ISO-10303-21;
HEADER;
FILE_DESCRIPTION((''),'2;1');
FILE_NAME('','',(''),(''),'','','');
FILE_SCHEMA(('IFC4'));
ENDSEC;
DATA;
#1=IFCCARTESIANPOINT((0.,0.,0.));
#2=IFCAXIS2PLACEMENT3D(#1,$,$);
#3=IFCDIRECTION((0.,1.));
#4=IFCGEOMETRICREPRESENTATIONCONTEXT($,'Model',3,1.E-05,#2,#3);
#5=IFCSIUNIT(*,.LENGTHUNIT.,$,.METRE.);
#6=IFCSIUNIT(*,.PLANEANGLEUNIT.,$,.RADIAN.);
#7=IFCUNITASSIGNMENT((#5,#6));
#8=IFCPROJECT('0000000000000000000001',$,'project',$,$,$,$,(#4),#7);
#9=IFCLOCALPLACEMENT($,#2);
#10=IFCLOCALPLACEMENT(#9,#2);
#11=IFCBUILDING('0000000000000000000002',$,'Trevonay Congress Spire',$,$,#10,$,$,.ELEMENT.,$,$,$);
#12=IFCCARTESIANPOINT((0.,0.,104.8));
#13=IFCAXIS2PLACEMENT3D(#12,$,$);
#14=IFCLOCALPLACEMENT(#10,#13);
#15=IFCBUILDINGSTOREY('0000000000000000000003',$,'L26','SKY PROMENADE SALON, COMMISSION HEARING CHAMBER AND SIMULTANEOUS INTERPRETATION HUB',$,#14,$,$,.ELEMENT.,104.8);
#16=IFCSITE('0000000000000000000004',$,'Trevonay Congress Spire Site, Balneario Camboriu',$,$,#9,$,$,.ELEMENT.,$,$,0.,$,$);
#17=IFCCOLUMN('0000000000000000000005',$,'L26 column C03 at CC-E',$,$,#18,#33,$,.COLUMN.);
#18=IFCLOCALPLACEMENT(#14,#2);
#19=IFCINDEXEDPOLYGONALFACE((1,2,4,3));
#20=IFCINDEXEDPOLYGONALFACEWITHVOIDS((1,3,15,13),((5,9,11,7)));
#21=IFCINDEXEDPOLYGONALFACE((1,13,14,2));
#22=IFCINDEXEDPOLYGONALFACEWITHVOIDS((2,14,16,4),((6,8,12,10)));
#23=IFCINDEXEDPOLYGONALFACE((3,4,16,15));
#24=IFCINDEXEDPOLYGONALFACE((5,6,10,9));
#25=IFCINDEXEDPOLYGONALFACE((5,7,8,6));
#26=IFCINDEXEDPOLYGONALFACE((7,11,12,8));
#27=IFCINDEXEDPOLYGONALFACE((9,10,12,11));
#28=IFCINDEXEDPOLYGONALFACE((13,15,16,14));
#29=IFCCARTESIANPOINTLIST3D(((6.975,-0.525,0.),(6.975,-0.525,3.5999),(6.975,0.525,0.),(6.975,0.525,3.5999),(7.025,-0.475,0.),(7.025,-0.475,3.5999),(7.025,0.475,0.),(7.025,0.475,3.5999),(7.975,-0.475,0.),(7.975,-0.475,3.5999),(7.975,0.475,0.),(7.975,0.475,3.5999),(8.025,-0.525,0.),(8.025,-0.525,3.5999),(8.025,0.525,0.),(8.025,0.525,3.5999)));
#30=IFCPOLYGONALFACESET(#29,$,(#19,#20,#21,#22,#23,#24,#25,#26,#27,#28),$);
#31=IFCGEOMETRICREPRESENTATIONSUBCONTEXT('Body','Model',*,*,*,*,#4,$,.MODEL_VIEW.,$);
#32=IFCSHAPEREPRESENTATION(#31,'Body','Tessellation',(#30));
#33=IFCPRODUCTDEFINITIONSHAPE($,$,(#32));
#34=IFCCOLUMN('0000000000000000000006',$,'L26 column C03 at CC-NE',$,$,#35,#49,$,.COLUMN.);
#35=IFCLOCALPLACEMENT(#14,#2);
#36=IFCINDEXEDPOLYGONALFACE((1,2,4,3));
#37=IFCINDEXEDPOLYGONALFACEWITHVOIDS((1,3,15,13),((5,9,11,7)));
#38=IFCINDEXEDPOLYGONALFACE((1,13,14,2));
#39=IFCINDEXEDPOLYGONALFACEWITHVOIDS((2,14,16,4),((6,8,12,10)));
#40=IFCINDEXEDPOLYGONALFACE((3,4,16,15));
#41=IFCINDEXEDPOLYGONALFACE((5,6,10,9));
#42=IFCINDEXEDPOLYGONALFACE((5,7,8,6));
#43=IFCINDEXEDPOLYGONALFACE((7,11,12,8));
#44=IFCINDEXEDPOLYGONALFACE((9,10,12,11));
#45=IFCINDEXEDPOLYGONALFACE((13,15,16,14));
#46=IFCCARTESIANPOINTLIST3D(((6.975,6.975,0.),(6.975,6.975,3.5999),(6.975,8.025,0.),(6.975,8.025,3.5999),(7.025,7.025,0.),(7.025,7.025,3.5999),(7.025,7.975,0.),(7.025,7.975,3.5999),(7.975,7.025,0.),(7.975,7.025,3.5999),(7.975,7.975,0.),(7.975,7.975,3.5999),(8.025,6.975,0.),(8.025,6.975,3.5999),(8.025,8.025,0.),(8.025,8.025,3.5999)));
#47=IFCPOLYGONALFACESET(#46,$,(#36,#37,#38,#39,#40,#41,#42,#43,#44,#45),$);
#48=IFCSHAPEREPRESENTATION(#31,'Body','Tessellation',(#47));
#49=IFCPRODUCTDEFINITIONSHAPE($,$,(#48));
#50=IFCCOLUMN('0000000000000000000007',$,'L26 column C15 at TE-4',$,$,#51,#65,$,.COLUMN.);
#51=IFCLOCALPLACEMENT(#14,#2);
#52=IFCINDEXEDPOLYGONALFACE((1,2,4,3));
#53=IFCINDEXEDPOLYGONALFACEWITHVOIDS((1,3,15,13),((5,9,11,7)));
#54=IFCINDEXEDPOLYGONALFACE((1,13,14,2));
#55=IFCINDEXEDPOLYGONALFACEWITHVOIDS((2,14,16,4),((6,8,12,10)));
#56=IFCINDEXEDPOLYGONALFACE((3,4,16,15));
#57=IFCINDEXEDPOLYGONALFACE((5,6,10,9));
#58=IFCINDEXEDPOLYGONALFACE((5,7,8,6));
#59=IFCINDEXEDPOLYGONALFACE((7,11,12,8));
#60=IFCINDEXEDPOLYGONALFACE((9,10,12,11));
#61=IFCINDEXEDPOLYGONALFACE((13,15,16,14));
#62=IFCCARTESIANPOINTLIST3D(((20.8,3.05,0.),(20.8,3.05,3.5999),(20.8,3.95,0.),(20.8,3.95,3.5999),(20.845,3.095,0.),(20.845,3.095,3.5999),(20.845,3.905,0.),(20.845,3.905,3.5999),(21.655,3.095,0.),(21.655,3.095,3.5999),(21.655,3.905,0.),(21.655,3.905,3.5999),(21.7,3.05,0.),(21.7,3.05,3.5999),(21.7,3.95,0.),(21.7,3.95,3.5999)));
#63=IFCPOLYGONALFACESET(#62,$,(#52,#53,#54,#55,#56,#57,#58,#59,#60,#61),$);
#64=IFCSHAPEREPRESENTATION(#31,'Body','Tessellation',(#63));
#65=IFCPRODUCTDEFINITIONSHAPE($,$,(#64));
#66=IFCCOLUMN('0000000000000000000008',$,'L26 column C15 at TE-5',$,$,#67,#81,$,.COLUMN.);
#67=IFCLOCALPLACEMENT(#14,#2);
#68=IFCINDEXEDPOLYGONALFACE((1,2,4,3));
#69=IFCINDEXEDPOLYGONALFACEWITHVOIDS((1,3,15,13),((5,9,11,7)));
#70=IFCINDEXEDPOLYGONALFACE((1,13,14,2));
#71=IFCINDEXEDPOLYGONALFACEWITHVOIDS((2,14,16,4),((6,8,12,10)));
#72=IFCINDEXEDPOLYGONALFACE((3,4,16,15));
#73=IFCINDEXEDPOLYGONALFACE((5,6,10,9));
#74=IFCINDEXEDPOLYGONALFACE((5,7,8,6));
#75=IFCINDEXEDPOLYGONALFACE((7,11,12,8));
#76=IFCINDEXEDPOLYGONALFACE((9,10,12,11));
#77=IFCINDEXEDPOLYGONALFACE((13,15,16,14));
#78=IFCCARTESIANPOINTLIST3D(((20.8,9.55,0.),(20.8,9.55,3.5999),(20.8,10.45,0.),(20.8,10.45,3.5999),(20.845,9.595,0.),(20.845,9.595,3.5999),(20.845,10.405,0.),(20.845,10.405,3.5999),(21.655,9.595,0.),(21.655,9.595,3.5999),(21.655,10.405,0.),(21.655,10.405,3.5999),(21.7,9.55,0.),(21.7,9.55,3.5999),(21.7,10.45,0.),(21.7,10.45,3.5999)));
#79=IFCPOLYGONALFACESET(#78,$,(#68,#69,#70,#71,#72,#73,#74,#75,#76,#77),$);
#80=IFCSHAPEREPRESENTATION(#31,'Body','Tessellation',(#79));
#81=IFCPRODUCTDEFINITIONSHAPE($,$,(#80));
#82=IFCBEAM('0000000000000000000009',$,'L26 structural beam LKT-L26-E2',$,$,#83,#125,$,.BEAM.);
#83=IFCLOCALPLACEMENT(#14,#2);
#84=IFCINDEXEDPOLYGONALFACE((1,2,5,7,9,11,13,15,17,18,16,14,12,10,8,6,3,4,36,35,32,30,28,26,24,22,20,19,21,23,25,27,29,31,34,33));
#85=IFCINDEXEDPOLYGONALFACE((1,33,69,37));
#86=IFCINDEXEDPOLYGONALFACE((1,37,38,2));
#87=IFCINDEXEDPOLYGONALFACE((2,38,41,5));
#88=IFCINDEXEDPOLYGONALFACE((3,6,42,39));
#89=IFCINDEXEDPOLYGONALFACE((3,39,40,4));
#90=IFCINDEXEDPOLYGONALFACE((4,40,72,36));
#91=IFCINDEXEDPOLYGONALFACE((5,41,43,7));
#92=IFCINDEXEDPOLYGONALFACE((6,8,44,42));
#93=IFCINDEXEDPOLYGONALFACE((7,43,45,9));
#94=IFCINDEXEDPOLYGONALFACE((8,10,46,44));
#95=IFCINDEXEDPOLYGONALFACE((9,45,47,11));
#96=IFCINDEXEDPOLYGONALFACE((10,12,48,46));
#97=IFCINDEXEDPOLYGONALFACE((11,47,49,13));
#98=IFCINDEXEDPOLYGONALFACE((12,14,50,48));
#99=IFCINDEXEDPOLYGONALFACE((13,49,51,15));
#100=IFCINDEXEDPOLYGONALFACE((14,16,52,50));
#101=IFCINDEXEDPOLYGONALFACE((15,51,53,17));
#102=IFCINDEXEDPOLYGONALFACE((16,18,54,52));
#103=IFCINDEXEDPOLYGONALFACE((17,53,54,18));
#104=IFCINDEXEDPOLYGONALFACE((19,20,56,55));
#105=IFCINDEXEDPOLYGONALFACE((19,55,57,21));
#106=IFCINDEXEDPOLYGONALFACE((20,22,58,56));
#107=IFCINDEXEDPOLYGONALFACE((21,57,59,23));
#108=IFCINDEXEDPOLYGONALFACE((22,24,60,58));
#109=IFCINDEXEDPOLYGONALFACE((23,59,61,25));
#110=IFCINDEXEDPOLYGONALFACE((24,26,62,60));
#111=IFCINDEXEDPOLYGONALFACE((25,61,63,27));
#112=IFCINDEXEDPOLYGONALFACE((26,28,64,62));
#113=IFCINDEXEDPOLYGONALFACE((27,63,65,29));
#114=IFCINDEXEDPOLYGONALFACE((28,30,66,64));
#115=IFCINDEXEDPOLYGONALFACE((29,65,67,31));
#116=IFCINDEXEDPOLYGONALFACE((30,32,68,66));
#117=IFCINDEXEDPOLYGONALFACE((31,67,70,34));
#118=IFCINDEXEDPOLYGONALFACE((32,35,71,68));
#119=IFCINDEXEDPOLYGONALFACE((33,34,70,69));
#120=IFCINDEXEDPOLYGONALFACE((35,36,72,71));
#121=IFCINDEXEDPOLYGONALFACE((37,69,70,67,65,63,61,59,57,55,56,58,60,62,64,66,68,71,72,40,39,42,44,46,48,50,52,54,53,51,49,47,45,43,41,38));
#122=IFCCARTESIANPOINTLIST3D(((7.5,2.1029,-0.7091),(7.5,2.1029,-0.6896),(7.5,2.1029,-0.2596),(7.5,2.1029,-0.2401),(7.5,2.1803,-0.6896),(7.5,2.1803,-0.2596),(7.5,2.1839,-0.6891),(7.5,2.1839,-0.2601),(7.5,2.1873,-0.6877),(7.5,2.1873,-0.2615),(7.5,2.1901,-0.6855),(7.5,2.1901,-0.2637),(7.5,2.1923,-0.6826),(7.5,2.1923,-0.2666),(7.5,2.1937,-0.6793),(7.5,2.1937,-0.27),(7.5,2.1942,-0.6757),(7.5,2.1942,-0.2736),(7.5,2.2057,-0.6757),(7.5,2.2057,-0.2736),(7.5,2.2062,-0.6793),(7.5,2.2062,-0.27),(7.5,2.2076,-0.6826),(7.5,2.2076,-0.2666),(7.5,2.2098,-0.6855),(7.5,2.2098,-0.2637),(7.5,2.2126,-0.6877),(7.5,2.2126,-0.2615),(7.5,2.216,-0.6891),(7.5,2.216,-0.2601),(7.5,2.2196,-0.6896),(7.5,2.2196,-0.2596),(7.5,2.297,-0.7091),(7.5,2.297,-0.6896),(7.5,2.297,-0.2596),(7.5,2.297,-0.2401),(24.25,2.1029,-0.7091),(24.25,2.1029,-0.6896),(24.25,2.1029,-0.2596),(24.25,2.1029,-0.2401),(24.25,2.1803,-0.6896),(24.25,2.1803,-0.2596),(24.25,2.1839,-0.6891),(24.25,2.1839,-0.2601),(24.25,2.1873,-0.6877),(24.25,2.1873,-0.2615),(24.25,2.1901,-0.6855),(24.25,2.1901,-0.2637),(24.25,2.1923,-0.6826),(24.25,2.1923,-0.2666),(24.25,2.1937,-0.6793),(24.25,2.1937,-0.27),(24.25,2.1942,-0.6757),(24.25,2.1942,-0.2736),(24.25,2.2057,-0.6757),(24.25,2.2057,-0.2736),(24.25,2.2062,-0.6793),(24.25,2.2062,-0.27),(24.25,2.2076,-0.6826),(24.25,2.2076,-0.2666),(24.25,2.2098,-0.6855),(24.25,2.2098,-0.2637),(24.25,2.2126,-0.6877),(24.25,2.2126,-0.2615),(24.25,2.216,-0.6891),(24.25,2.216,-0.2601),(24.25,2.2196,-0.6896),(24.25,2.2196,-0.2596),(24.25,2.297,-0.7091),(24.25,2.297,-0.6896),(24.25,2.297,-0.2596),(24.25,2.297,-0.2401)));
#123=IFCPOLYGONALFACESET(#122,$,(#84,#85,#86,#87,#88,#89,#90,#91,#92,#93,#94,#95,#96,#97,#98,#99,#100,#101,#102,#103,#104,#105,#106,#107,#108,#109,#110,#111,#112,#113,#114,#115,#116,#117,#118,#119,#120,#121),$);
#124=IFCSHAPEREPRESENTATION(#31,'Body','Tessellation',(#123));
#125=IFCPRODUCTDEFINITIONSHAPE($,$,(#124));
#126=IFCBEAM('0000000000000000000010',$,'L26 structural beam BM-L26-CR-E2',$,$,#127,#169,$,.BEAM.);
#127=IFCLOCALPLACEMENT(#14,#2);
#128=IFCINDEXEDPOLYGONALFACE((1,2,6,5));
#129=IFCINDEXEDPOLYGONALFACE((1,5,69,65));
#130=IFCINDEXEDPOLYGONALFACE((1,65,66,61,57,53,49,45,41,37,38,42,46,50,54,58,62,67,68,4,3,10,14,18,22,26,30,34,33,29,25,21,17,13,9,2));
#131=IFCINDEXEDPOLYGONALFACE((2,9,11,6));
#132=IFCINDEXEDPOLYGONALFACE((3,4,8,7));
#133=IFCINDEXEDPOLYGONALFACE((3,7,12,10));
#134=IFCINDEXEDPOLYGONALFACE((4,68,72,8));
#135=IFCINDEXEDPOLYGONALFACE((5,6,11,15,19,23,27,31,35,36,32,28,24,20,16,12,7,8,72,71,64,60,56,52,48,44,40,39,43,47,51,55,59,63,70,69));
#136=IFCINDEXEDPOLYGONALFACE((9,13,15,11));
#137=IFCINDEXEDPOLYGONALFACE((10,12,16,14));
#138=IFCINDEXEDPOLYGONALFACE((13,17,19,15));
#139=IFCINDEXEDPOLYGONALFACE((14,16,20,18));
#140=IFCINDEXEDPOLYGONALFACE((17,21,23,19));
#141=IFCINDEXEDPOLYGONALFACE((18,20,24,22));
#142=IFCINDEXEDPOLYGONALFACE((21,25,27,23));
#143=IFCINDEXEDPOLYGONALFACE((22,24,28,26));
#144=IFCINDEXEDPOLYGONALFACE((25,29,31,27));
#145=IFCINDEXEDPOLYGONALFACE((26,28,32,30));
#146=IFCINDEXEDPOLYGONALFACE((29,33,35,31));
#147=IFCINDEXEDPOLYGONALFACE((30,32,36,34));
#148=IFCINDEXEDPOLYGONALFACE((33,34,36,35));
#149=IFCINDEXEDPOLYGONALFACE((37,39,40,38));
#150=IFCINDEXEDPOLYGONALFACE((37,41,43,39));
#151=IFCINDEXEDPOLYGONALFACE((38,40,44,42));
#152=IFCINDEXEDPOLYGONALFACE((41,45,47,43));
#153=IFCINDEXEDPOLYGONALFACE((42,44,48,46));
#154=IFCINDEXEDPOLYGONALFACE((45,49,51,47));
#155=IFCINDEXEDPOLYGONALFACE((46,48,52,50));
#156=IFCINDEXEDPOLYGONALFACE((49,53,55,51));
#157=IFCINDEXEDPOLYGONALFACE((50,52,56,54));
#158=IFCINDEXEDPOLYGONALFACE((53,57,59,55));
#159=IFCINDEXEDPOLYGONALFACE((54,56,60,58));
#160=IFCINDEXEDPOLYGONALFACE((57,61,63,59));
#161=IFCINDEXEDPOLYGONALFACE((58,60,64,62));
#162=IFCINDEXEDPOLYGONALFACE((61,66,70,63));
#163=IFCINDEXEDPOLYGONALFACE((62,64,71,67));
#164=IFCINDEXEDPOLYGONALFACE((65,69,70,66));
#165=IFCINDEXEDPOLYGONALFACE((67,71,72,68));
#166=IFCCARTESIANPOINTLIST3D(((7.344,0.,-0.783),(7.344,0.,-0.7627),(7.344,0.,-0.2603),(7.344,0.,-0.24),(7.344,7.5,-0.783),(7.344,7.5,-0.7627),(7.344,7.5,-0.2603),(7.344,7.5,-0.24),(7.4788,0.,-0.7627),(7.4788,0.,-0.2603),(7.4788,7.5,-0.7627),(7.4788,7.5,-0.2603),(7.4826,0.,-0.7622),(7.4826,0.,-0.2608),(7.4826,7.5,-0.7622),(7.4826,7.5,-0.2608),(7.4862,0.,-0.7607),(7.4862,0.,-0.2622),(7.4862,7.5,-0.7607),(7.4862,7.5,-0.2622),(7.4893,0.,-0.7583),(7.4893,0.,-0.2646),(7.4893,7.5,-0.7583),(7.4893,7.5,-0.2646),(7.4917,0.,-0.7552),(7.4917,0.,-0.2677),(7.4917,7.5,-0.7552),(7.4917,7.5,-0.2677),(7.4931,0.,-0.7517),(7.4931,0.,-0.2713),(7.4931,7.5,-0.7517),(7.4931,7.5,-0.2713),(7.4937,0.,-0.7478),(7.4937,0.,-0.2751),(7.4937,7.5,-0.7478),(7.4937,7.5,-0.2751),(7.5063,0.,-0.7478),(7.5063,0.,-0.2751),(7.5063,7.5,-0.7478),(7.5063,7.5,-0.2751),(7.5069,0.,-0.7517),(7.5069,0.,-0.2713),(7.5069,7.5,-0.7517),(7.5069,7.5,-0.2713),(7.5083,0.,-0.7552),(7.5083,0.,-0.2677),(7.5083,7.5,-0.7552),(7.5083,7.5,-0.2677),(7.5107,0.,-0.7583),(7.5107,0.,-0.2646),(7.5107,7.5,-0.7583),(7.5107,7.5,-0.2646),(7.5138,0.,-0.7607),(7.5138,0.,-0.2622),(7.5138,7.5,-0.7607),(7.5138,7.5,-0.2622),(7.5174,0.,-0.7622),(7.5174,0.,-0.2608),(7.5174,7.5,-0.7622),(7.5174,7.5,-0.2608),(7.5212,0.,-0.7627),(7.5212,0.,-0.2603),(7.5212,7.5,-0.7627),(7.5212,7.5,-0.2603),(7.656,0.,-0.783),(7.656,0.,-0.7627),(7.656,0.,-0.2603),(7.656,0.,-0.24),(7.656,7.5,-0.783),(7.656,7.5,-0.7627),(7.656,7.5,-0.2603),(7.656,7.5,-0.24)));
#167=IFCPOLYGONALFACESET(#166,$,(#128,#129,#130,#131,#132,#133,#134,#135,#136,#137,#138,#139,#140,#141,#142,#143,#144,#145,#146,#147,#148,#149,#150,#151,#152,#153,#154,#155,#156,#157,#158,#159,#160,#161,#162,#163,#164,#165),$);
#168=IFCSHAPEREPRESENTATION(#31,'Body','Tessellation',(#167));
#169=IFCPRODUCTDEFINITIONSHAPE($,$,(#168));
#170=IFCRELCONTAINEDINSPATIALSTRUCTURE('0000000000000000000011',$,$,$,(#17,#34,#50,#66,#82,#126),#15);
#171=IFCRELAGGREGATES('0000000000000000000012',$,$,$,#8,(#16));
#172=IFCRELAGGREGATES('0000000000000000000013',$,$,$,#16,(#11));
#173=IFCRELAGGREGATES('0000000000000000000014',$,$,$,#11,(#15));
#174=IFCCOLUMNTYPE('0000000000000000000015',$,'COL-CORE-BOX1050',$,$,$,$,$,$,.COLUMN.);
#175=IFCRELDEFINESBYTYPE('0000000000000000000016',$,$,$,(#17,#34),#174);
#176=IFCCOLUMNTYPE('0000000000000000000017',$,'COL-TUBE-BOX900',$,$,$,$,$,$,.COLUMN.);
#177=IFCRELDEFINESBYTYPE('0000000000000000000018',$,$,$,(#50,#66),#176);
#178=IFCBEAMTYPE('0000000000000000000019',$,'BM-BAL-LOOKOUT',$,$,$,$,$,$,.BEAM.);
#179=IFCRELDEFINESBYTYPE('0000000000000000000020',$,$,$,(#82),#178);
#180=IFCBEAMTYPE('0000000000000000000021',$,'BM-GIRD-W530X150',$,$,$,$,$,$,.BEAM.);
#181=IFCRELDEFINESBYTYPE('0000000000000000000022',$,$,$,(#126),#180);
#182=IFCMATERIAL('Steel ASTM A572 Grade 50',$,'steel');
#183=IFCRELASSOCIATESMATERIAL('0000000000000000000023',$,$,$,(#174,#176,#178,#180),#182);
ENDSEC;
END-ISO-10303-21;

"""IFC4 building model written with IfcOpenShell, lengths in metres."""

from ifc_helpers import new_model, si_unit, direction, frame, origin, origin_2d, place, context, subcontext, project, spatial, hollow_rectangle, i_section, extrude, material, material_profile, profile_set, type_object, element, save


model = new_model("IFC4")

# Units and contexts
model_context = context("Model", 3, precision=1e-05, world=origin(), true_north=direction((0.0, 1.0)))
body_context = subcontext(model_context, "Body", "Model", "MODEL_VIEW")
ifc_project = project(units=[si_unit("LENGTHUNIT", "METRE"), si_unit("PLANEANGLEUNIT", "RADIAN")], contexts=[model_context])

# Site, building, storey
site_placement = place(None, origin())
site = spatial("IfcSite", under=ifc_project, at=site_placement, Name="Trevonay Congress Spire Site, Balneario Camboriu", CompositionType="ELEMENT", RefElevation=0.0)
building_placement = place(site_placement, origin())
building = spatial("IfcBuilding", under=site, at=building_placement, Name="Trevonay Congress Spire", CompositionType="ELEMENT")
storey_placement = place(building_placement, frame((0.0, 0.0, 104.8)))
storey = spatial("IfcBuildingStorey", under=building, at=storey_placement, Name="L26", Description="SKY PROMENADE SALON, COMMISSION HEARING CHAMBER AND SIMULTANEOUS INTERPRETATION HUB", CompositionType="ELEMENT", Elevation=104.8)

# Columns
ifc_material_1 = material(Name="Steel ASTM A572 Grade 50", Category="steel")
ifc_material_profile_1 = material_profile(ifc_material_1, hollow_rectangle(XDim=1.05, YDim=1.05, WallThickness=0.05, at=origin_2d()), Name="BOX 1050x1050x50")
ifc_profile_set_1 = profile_set([ifc_material_profile_1], Name="Steel ASTM A572 Grade 50")
column_type_1 = type_object("IfcColumnType", Name="COL-CORE-BOX1050", PredefinedType="COLUMN", material=ifc_profile_set_1)
for number, where, z_axis, x_axis, name in (
    (1, (7.5, 0.0, 0.0), (0.0, 0.0, 1.0), (1.0, 0.0, 0.0), "L26 column C03 at CC-E"),
    (2, (7.5, 7.5, 0.0), (0.0, 0.0, 1.0), (1.0, 0.0, 0.0), "L26 column C03 at CC-NE"),
):
    element("IfcColumn", number, at=place(storey_placement, frame(where, z_axis=z_axis, x_axis=x_axis)), inside=storey, type_object=column_type_1, Name=name, PredefinedType="COLUMN", context=body_context, shape_type="SweptSolid", body=[
        extrude(hollow_rectangle(XDim=1.05, YDim=1.05, WallThickness=0.05, at=origin_2d()), origin(), (0.0, 0.0, 1.0), 3.5999),
    ])
ifc_material_profile_2 = material_profile(ifc_material_1, hollow_rectangle(XDim=0.8999, YDim=0.8999, WallThickness=0.0449, at=origin_2d()), Name="BOX 900x900x45")
ifc_profile_set_2 = profile_set([ifc_material_profile_2], Name="Steel ASTM A572 Grade 50")
column_type_2 = type_object("IfcColumnType", Name="COL-TUBE-BOX900", PredefinedType="COLUMN", material=ifc_profile_set_2)
for number, where, z_axis, x_axis, name in (
    (3, (21.25, 3.5, 0.0), (0.0, 0.0, 1.0), (1.0, 0.0, 0.0), "L26 column C15 at TE-4"),
    (4, (21.25, 10.0, 0.0), (0.0, 0.0, 1.0), (1.0, 0.0, 0.0), "L26 column C15 at TE-5"),
):
    element("IfcColumn", number, at=place(storey_placement, frame(where, z_axis=z_axis, x_axis=x_axis)), inside=storey, type_object=column_type_2, Name=name, PredefinedType="COLUMN", context=body_context, shape_type="SweptSolid", body=[
        extrude(hollow_rectangle(XDim=0.8999, YDim=0.8999, WallThickness=0.0449, at=origin_2d()), origin(), (0.0, 0.0, 1.0), 3.5999),
    ])

# Beams
ifc_material_profile_3 = material_profile(ifc_material_1, i_section(OverallWidth=0.1941, OverallDepth=0.469, WebThickness=0.0115, FlangeThickness=0.0195, FilletRadius=0.0139, at=origin_2d()), Name="W460x106")
ifc_profile_set_3 = profile_set([ifc_material_profile_3], Name="Steel ASTM A572 Grade 50")
beam_type_1 = type_object("IfcBeamType", Name="BM-BAL-LOOKOUT", PredefinedType="BEAM", material=ifc_profile_set_3)
beam_1_placement = place(storey_placement, frame((7.5, 2.2, -0.4746), z_axis=(1.0, 0.0, 0.0), x_axis=(0.0, 1.0, 0.0)))
element("IfcBeam", 5, at=beam_1_placement, inside=storey, type_object=beam_type_1, Name="L26 structural beam LKT-L26-E2", PredefinedType="BEAM", context=body_context, shape_type="SweptSolid", body=[
    extrude(i_section(OverallWidth=0.1941, OverallDepth=0.469, WebThickness=0.0115, FlangeThickness=0.0195, FilletRadius=0.0139, at=origin_2d()), origin(), (0.0, 0.0, 1.0), 16.75),
])
ifc_material_profile_4 = material_profile(ifc_material_1, i_section(OverallWidth=0.312, OverallDepth=0.543, WebThickness=0.0127, FlangeThickness=0.0203, FilletRadius=0.0149, at=origin_2d()), Name="W530x150")
ifc_profile_set_4 = profile_set([ifc_material_profile_4], Name="Steel ASTM A572 Grade 50")
beam_type_2 = type_object("IfcBeamType", Name="BM-GIRD-W530X150", PredefinedType="BEAM", material=ifc_profile_set_4)
beam_2_placement = place(storey_placement, frame((7.5, 0.0, -0.5115), z_axis=(0.0, 1.0, 0.0), x_axis=(-1.0, 0.0, 0.0)))
element("IfcBeam", 6, at=beam_2_placement, inside=storey, type_object=beam_type_2, Name="L26 structural beam BM-L26-CR-E2", PredefinedType="BEAM", context=body_context, shape_type="SweptSolid", body=[
    extrude(i_section(OverallWidth=0.312, OverallDepth=0.543, WebThickness=0.0127, FlangeThickness=0.0203, FilletRadius=0.0149, at=origin_2d()), origin(), (0.0, 0.0, 1.0), 7.5),
])

save(model, "model.ifc")
